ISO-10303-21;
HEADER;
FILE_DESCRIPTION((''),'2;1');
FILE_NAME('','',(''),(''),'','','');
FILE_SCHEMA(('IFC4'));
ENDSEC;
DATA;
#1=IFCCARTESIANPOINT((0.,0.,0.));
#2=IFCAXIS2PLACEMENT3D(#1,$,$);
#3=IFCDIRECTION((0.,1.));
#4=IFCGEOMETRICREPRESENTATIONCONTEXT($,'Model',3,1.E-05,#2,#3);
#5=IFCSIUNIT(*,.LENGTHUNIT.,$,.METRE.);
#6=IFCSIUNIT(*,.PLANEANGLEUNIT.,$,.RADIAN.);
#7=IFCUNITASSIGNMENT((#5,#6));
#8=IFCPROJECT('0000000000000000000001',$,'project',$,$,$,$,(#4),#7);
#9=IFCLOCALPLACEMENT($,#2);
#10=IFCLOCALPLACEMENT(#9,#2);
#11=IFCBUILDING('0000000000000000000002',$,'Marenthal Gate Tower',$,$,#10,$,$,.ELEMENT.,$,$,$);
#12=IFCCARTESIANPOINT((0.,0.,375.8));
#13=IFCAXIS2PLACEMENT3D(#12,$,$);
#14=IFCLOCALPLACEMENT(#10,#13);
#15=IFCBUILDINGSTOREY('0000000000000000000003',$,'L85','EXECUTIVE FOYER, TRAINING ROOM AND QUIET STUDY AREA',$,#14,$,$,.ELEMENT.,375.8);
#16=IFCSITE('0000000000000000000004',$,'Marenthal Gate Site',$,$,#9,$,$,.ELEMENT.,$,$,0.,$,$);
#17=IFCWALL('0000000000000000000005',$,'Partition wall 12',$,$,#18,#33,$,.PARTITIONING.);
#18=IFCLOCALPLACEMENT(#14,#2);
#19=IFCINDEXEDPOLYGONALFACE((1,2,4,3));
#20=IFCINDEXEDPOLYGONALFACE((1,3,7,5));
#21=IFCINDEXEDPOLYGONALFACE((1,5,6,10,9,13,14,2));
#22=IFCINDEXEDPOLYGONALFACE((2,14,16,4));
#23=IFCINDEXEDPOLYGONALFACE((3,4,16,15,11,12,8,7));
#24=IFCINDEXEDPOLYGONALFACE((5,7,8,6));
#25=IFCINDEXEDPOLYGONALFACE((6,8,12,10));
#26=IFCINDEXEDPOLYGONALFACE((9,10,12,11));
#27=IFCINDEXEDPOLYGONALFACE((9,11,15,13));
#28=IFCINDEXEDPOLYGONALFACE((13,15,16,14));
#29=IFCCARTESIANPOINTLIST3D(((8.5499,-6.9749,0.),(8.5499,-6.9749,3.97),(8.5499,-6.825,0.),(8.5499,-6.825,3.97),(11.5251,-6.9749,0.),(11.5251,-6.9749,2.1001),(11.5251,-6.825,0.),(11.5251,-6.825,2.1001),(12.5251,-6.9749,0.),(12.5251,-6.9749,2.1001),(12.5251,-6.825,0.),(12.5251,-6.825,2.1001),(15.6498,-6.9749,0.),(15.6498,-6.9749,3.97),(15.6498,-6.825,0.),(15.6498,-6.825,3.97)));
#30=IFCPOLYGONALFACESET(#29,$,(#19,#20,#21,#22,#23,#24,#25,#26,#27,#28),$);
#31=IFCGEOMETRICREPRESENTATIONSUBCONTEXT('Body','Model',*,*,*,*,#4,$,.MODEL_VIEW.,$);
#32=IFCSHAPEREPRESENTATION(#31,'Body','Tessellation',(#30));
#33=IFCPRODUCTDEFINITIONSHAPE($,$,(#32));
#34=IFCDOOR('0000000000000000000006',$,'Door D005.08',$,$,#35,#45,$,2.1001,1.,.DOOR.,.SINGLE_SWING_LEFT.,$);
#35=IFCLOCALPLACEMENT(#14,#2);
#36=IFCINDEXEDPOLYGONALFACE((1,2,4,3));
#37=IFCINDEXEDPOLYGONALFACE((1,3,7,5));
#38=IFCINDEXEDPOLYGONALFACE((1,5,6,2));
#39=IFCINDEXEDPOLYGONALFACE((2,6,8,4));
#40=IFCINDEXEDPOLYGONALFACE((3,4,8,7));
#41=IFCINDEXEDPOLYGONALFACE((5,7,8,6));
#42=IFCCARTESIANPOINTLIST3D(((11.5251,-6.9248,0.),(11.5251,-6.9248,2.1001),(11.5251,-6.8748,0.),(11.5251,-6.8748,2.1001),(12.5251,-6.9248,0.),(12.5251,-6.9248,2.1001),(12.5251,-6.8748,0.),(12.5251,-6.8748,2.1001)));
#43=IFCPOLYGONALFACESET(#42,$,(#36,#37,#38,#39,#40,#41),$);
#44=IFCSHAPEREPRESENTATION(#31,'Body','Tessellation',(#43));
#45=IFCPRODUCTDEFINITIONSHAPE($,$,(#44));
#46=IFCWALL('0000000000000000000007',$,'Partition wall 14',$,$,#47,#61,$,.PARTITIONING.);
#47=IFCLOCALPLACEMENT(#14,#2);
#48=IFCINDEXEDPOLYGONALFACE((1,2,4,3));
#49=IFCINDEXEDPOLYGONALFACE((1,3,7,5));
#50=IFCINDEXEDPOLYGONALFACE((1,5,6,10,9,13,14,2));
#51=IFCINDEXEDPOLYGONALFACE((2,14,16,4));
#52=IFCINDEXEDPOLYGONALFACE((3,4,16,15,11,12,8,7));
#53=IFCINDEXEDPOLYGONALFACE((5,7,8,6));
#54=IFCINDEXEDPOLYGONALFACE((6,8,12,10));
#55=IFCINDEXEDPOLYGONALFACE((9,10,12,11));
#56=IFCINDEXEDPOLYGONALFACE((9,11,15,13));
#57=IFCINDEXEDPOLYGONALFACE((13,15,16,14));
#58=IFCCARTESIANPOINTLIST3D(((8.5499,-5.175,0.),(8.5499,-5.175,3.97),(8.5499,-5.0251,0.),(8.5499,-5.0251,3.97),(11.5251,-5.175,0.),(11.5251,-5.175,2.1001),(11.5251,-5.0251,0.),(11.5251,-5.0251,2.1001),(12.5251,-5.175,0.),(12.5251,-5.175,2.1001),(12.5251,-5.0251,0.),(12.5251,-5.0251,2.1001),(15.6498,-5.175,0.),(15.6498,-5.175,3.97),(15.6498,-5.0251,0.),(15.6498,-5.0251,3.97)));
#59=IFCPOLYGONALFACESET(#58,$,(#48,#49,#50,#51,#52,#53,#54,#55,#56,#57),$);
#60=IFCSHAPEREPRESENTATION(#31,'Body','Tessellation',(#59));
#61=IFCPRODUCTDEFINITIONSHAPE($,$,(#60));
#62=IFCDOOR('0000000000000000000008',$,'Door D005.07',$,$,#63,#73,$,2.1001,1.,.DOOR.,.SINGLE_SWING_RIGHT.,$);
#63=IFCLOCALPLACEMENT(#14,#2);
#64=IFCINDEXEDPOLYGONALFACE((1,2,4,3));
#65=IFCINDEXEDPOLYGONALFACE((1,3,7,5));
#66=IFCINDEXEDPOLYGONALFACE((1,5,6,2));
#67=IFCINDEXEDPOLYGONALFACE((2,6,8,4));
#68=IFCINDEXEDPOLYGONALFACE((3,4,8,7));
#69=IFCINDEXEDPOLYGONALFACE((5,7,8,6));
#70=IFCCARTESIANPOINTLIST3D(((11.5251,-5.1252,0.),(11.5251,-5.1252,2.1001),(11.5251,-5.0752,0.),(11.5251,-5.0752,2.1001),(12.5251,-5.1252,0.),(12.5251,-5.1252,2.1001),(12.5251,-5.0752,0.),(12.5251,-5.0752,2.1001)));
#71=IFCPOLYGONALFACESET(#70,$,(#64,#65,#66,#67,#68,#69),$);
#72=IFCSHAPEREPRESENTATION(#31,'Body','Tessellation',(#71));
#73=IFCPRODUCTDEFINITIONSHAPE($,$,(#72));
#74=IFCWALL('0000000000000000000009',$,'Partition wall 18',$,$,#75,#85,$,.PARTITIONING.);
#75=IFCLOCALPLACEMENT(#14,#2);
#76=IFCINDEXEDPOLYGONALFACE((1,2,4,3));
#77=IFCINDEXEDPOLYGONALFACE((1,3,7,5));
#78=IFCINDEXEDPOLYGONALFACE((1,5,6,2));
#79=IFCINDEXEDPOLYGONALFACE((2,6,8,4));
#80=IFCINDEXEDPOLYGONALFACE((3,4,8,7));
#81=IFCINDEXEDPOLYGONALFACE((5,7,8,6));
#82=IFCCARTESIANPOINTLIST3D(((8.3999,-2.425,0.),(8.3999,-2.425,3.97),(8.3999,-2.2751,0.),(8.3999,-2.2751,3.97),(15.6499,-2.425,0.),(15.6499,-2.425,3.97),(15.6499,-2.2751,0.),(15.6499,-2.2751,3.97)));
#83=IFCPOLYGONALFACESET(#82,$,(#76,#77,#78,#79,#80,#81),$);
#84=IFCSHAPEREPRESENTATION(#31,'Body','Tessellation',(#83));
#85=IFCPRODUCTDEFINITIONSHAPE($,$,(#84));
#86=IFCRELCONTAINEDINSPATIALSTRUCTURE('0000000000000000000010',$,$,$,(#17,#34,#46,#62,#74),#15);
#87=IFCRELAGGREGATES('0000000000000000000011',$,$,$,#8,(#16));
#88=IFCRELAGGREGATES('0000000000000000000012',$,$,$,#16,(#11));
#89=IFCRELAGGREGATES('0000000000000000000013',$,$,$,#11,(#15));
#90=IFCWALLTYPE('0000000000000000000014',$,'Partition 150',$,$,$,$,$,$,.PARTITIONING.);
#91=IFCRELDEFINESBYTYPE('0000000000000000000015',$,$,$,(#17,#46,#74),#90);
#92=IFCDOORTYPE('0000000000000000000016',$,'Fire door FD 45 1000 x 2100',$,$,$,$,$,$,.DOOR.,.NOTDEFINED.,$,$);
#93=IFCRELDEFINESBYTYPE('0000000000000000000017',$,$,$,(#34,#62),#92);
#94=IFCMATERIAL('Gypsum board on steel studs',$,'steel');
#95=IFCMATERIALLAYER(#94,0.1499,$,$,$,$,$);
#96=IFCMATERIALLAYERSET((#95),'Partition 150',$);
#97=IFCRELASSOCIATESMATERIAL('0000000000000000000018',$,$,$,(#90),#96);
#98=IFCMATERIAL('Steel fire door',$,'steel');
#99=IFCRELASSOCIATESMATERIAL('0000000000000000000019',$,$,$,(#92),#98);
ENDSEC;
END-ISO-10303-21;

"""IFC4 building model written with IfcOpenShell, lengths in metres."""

from ifc_helpers import new_model, si_unit, direction, frame, frame_2d, origin, place, context, subcontext, project, spatial, rectangle, extrude, material, layer, layer_set, type_object, element, fill, save


model = new_model("IFC4")

# Units and contexts
model_context = context("Model", 3, precision=1e-05, world=origin(), true_north=direction((0.0, 1.0)))
body_context = subcontext(model_context, "Body", "Model", "MODEL_VIEW")
ifc_project = project(units=[si_unit("LENGTHUNIT", "METRE"), si_unit("PLANEANGLEUNIT", "RADIAN")], contexts=[model_context])

# Site, building, storey
site_placement = place(None, origin())
site = spatial("IfcSite", under=ifc_project, at=site_placement, Name="Marenthal Gate Site", CompositionType="ELEMENT", RefElevation=0.0)
building_placement = place(site_placement, origin())
building = spatial("IfcBuilding", under=site, at=building_placement, Name="Marenthal Gate Tower", CompositionType="ELEMENT")
storey_placement = place(building_placement, frame((0.0, 0.0, 375.8)))
storey = spatial("IfcBuildingStorey", under=building, at=storey_placement, Name="L85", Description="EXECUTIVE FOYER, TRAINING ROOM AND QUIET STUDY AREA", CompositionType="ELEMENT", Elevation=375.8)

# Walls, openings, doors
ifc_material_1 = material(Name="Gypsum board on steel studs", Category="steel")
ifc_layer_1 = layer(ifc_material_1, 0.1499)
ifc_layer_set_1 = layer_set([ifc_layer_1], Name="Partition 150")
wall_type_1 = type_object("IfcWallType", Name="Partition 150", PredefinedType="PARTITIONING", material=ifc_layer_set_1)
wall_1_placement = place(storey_placement, frame((8.55, -6.8999, 0.0), z_axis=(0.0, 0.0, 1.0), x_axis=(1.0, 0.0, 0.0)))
wall_1 = element("IfcWall", 1, at=wall_1_placement, inside=storey, type_object=wall_type_1, Name="Partition wall 12", PredefinedType="PARTITIONING", context=body_context, shape_type="SweptSolid", body=[
    extrude(rectangle(XDim=7.0999, YDim=0.1499, at=frame_2d((3.5498, 0.0))), origin(), (0.0, 0.0, 1.0), 3.97),
])
opening_1_placement = place(wall_1_placement, frame((2.9751, 0.0, 0.0)))
opening_1 = element("IfcOpeningElement", 2, at=opening_1_placement, cuts=wall_1, PredefinedType="OPENING", context=body_context, shape_type="SweptSolid", body=[
    extrude(rectangle(XDim=1.0, YDim=2.1001, at=frame_2d((0.5, 1.05))), frame((0.0, 0.085, 0.0), z_axis=(0.0, -1.0, 0.0), x_axis=(1.0, 0.0, 0.0)), (0.0, 0.0, 1.0), 0.1699),
])
ifc_material_2 = material(Name="Steel fire door", Category="steel")
door_type = type_object("IfcDoorType", Name="Fire door FD 45 1000 x 2100", OperationType="NOTDEFINED", PredefinedType="DOOR", material=ifc_material_2)
door_1_placement = place(opening_1_placement, frame((1.0, 0.0, 0.0), z_axis=(0.0, 0.0, 1.0), x_axis=(-1.0, 0.0, 0.0)))
door_1 = element("IfcDoor", 3, at=door_1_placement, inside=storey, type_object=door_type, Name="Door D005.08", OperationType="SINGLE_SWING_LEFT", OverallHeight=2.1001, OverallWidth=1.0, PredefinedType="DOOR", context=body_context, shape_type="SweptSolid", body=[
    extrude(rectangle(XDim=1.0, YDim=2.1001, at=frame_2d((0.5, 1.05))), frame((0.0, 0.0249, 0.0), z_axis=(0.0, -1.0, 0.0), x_axis=(1.0, 0.0, 0.0)), (0.0, 0.0, 1.0), 0.05),
])
fill(opening_1, door_1)
wall_2_placement = place(storey_placement, frame((8.55, -5.1001, 0.0), z_axis=(0.0, 0.0, 1.0), x_axis=(1.0, 0.0, 0.0)))
wall_2 = element("IfcWall", 4, at=wall_2_placement, inside=storey, type_object=wall_type_1, Name="Partition wall 14", PredefinedType="PARTITIONING", context=body_context, shape_type="SweptSolid", body=[
    extrude(rectangle(XDim=7.0999, YDim=0.1499, at=frame_2d((3.5498, 0.0))), origin(), (0.0, 0.0, 1.0), 3.97),
])
opening_2_placement = place(wall_2_placement, frame((2.9751, 0.0, 0.0)))
opening_2 = element("IfcOpeningElement", 5, at=opening_2_placement, cuts=wall_2, PredefinedType="OPENING", context=body_context, shape_type="SweptSolid", body=[
    extrude(rectangle(XDim=1.0, YDim=2.1001, at=frame_2d((0.5, 1.05))), frame((0.0, 0.085, 0.0), z_axis=(0.0, -1.0, 0.0), x_axis=(1.0, 0.0, 0.0)), (0.0, 0.0, 1.0), 0.1699),
])
door_2_placement = place(opening_2_placement, origin())
door_2 = element("IfcDoor", 6, at=door_2_placement, inside=storey, type_object=door_type, Name="Door D005.07", OperationType="SINGLE_SWING_RIGHT", OverallHeight=2.1001, OverallWidth=1.0, PredefinedType="DOOR", context=body_context, shape_type="SweptSolid", body=[
    extrude(rectangle(XDim=1.0, YDim=2.1001, at=frame_2d((0.5, 1.05))), frame((0.0, 0.0249, 0.0), z_axis=(0.0, -1.0, 0.0), x_axis=(1.0, 0.0, 0.0)), (0.0, 0.0, 1.0), 0.05),
])
fill(opening_2, door_2)

# Wall
wall_3_placement = place(storey_placement, frame((8.3999, -2.3501, 0.0), z_axis=(0.0, 0.0, 1.0), x_axis=(1.0, 0.0, 0.0)))
element("IfcWall", 7, at=wall_3_placement, inside=storey, type_object=wall_type_1, Name="Partition wall 18", PredefinedType="PARTITIONING", context=body_context, shape_type="SweptSolid", body=[
    extrude(rectangle(XDim=7.25, YDim=0.1499, at=frame_2d((3.625, 0.0))), origin(), (0.0, 0.0, 1.0), 3.97),
])

save(model, "model.ifc")
